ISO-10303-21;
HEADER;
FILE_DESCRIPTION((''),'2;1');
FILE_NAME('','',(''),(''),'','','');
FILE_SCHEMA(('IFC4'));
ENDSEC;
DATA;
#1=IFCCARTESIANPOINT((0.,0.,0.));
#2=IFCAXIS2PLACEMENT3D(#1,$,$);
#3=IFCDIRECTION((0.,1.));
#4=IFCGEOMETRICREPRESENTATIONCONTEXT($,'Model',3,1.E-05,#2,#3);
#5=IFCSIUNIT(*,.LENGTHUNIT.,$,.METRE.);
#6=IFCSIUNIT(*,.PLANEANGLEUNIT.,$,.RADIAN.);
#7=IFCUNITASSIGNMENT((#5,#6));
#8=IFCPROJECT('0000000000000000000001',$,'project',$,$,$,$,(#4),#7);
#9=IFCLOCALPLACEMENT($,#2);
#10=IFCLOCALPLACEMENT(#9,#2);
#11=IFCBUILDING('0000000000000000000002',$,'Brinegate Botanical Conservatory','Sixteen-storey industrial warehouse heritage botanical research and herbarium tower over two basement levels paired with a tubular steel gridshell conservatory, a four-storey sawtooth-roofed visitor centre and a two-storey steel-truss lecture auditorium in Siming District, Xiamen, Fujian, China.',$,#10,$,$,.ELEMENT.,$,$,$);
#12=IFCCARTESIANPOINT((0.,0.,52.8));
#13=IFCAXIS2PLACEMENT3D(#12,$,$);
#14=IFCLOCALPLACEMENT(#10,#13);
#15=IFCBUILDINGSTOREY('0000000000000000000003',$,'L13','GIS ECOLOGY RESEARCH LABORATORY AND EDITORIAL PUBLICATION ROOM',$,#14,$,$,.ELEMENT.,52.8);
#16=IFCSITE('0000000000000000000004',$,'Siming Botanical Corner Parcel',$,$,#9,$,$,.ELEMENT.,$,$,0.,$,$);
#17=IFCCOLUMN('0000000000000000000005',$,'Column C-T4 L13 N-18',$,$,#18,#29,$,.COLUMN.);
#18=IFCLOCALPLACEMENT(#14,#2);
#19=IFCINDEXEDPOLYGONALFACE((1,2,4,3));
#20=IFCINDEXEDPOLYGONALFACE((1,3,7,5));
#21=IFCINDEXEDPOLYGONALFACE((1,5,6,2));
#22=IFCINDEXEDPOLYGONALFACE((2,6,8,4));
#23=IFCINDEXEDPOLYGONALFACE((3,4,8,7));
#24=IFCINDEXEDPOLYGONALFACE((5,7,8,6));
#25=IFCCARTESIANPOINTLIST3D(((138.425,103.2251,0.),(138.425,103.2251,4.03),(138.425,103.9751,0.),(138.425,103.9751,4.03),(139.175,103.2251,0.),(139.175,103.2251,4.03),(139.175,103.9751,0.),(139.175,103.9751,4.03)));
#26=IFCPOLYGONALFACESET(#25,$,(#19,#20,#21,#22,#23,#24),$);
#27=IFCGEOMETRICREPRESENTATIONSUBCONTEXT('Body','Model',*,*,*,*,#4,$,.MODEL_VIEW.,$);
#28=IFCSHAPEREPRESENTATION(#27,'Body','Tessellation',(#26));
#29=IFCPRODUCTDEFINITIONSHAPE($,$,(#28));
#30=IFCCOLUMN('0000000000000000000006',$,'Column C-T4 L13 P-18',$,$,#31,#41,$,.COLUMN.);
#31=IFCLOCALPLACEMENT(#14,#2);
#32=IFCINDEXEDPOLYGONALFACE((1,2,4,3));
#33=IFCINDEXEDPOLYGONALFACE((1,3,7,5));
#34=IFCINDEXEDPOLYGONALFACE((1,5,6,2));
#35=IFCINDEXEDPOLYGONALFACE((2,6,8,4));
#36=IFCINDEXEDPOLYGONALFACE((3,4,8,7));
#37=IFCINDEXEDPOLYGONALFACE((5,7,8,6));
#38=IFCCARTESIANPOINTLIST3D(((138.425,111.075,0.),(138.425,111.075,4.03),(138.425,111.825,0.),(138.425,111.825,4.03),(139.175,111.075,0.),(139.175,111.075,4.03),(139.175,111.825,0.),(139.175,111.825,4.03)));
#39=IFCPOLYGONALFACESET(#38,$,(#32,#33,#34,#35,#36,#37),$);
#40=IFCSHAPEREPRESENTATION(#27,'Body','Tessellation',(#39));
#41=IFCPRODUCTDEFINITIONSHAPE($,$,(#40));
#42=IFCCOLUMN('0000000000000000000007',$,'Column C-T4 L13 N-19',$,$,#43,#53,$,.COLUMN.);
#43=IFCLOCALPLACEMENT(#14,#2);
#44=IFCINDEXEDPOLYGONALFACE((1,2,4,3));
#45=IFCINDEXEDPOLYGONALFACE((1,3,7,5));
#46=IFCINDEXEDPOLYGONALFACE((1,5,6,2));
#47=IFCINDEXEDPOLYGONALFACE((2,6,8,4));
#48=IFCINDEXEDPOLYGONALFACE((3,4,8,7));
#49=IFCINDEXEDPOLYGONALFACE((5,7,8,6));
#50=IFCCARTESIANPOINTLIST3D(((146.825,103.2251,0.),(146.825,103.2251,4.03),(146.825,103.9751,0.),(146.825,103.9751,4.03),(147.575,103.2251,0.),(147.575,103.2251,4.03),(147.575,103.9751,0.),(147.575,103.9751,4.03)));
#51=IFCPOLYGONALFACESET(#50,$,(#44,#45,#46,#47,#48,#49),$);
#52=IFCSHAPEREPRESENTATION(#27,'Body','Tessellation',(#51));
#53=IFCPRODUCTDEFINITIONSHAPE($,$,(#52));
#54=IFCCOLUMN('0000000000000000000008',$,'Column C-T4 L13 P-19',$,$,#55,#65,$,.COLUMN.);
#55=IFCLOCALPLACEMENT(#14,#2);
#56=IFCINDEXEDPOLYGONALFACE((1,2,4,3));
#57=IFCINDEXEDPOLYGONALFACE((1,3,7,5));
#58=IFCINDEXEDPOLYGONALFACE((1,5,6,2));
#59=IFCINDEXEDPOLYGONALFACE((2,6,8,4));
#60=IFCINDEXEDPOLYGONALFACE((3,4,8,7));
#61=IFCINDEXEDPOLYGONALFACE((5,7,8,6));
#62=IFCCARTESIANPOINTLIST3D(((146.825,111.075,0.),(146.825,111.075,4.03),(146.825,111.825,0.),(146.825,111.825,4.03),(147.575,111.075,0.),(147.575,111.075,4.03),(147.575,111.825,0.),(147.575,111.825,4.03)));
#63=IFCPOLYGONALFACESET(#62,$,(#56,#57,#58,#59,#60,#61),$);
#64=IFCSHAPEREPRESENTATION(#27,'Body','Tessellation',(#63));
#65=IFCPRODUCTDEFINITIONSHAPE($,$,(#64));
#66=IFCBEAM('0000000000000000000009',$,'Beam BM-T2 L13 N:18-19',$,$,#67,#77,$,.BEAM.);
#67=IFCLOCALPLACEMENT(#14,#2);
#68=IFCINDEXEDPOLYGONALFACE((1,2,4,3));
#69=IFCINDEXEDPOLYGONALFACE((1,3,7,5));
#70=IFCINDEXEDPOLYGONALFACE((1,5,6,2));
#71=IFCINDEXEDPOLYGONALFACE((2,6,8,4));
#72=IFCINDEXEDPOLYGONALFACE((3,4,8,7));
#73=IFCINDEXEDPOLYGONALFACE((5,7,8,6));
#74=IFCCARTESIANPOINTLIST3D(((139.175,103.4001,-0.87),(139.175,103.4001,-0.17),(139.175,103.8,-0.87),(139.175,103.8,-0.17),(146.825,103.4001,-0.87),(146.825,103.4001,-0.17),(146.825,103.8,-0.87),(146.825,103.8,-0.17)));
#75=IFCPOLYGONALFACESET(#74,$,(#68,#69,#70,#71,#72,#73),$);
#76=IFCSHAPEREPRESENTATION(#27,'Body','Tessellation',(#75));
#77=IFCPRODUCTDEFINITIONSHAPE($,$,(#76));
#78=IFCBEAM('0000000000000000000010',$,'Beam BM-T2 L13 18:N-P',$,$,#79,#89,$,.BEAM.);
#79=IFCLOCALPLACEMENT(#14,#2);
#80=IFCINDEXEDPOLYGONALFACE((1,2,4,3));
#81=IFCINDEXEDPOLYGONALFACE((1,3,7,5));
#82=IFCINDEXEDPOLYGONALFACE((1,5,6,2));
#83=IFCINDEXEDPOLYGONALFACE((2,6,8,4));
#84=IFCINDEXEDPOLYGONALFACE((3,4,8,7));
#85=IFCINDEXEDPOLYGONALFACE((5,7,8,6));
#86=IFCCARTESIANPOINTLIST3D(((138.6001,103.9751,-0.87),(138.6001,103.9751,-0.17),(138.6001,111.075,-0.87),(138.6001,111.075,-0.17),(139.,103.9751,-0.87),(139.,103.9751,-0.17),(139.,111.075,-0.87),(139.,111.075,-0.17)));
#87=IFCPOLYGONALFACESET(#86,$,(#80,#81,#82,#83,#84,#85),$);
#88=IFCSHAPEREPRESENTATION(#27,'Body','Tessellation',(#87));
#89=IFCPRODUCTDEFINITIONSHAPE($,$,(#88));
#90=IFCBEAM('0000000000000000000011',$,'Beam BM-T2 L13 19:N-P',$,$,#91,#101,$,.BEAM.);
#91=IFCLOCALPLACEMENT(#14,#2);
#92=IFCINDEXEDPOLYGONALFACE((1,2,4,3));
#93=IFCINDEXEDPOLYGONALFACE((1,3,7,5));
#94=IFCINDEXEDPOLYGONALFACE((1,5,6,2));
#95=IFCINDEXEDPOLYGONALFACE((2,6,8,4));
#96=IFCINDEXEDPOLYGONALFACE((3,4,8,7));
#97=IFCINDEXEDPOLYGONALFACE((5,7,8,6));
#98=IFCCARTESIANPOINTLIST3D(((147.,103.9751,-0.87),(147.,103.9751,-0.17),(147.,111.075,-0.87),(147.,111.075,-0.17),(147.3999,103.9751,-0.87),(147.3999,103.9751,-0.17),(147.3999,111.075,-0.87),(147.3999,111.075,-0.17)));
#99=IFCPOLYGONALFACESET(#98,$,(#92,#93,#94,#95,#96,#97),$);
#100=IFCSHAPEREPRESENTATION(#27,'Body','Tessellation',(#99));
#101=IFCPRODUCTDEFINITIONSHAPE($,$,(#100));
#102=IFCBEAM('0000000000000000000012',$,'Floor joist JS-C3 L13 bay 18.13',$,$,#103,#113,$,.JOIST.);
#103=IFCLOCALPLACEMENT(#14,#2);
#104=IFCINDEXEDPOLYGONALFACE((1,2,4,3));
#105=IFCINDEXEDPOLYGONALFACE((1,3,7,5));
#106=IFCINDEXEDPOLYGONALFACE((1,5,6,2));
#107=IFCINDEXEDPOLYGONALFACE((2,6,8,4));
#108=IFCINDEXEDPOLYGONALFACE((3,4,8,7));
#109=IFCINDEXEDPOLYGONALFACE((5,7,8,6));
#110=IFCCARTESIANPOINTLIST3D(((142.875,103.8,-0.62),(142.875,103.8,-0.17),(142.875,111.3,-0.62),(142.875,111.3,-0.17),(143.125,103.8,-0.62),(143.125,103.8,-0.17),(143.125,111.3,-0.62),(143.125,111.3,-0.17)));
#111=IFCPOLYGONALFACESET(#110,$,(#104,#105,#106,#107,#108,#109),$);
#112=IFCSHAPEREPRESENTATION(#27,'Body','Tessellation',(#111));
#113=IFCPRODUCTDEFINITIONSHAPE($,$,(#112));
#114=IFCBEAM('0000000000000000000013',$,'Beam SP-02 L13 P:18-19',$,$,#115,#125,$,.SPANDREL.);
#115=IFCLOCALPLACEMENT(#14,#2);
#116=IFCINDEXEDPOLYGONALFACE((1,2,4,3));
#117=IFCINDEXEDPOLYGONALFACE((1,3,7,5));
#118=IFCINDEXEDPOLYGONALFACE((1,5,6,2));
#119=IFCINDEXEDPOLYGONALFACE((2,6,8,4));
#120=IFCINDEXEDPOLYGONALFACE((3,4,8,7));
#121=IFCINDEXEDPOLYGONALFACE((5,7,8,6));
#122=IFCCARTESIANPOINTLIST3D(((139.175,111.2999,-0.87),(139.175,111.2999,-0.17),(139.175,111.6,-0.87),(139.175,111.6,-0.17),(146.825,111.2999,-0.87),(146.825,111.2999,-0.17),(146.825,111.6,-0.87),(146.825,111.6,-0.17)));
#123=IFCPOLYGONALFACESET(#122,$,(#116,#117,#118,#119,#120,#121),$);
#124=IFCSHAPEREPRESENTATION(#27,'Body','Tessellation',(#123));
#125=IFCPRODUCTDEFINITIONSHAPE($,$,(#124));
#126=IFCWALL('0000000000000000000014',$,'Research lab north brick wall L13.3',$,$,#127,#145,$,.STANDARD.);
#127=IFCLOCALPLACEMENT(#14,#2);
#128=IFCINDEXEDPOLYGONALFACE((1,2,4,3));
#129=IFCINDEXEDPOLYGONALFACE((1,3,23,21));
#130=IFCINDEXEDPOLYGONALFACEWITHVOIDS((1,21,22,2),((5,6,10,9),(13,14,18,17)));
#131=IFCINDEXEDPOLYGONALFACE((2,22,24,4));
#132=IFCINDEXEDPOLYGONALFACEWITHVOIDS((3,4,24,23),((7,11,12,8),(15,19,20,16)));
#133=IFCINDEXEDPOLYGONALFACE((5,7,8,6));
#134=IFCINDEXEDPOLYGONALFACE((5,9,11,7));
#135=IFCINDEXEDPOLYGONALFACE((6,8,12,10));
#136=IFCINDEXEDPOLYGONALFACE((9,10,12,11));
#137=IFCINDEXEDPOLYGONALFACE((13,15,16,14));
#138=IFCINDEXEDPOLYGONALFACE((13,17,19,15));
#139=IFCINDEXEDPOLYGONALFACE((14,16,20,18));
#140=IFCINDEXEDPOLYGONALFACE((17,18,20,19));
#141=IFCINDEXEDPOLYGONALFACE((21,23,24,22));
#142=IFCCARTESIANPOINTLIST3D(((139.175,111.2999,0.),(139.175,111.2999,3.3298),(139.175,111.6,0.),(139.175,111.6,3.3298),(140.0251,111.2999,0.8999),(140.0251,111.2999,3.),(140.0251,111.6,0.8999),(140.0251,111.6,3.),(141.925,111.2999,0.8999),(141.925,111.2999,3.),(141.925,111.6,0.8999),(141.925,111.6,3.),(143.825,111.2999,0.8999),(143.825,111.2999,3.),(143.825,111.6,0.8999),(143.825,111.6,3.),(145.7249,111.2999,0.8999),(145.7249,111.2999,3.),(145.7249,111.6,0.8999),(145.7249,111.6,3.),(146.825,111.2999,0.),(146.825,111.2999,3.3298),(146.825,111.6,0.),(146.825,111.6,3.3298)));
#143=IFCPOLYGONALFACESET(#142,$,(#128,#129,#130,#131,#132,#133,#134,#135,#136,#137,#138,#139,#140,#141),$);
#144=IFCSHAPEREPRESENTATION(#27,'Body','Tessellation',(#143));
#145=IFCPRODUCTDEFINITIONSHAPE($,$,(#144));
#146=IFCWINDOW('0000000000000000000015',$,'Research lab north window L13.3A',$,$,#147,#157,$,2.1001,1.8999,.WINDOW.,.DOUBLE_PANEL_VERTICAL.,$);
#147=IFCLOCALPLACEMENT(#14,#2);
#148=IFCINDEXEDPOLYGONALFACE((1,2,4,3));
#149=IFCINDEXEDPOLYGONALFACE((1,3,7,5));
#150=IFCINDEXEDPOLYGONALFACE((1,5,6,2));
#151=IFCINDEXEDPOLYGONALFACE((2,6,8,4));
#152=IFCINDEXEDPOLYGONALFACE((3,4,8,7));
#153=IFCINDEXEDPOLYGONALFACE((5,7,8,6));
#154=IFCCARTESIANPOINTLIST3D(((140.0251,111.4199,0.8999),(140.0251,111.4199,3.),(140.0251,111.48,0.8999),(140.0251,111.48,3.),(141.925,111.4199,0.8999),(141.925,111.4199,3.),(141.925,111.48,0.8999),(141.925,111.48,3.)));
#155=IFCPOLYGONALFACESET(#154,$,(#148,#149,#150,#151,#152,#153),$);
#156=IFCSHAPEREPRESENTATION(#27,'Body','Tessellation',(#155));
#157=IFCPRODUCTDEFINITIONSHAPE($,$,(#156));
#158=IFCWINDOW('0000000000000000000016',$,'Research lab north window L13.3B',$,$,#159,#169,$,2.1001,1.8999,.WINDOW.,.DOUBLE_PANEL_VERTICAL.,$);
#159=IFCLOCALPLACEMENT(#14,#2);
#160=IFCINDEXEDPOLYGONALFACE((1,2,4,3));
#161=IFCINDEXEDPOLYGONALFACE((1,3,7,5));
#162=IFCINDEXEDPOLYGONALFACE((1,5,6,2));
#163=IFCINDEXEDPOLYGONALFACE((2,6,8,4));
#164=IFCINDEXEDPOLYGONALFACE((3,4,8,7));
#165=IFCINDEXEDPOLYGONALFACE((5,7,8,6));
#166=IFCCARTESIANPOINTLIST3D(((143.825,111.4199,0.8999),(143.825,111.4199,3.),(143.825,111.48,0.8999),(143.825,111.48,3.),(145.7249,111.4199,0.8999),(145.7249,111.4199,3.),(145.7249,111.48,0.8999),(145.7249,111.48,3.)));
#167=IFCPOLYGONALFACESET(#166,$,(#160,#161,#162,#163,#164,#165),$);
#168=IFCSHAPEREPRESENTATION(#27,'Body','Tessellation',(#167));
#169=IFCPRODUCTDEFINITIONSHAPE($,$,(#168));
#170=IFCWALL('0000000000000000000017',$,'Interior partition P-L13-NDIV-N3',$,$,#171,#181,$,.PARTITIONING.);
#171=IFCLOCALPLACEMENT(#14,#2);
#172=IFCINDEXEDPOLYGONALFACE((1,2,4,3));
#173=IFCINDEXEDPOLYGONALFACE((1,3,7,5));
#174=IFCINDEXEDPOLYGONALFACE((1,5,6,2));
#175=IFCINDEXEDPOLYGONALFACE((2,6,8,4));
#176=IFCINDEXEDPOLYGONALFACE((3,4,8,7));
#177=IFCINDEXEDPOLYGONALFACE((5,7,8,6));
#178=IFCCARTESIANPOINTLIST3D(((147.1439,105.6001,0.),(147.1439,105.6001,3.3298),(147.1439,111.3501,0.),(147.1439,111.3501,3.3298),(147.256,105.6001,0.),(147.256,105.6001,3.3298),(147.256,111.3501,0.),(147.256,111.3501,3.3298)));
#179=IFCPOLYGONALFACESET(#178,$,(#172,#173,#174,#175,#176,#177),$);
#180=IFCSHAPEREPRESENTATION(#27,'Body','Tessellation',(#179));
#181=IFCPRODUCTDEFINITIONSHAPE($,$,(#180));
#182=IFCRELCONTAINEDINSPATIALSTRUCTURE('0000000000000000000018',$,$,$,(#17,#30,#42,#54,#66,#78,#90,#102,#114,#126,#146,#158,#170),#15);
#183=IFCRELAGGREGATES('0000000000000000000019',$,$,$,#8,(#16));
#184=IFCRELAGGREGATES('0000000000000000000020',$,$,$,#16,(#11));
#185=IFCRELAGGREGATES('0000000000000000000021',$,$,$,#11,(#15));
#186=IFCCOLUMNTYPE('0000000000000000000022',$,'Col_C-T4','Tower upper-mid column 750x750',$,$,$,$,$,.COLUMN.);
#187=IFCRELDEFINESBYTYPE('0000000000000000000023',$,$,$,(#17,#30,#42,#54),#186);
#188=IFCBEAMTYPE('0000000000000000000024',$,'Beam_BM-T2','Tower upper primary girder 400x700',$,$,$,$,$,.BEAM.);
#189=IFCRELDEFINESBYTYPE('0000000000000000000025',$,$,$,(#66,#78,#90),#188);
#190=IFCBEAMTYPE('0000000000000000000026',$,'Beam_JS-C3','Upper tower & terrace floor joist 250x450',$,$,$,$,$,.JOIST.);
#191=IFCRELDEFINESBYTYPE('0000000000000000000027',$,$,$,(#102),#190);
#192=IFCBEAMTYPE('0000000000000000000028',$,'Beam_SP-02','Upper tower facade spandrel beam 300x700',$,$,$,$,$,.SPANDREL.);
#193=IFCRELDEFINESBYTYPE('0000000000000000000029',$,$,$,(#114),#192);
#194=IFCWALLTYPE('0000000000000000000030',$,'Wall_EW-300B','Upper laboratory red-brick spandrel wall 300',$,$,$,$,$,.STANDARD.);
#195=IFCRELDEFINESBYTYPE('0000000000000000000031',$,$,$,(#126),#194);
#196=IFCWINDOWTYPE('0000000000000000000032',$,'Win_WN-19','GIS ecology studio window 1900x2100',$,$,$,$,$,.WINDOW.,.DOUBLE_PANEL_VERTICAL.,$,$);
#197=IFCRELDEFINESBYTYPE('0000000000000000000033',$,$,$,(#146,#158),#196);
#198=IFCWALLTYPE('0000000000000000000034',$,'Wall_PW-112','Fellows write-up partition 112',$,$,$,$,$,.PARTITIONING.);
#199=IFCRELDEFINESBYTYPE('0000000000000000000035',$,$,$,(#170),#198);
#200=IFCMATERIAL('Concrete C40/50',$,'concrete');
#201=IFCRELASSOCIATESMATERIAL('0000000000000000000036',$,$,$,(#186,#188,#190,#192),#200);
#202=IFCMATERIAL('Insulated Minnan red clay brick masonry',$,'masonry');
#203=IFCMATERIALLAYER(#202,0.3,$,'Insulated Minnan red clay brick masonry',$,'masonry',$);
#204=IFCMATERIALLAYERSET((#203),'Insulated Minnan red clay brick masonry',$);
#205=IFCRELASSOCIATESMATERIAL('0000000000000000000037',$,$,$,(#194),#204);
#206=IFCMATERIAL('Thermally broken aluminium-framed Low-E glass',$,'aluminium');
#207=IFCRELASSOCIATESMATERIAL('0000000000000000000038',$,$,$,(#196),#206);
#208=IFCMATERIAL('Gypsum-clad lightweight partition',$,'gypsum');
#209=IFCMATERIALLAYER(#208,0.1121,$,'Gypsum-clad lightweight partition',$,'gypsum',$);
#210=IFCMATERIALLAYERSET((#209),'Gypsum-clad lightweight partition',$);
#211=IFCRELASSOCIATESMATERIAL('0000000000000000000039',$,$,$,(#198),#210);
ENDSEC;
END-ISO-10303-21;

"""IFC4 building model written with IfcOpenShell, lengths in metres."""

from ifc_helpers import new_model, si_unit, direction, frame, frame_2d, origin, origin_2d, place, context, subcontext, project, spatial, rectangle, extrude, material, layer, layer_set, material_profile, profile_set, type_object, element, fill, save


model = new_model("IFC4")

# Units and contexts
model_context = context("Model", 3, precision=1e-05, world=origin(), true_north=direction((0.0, 1.0)))
body_context = subcontext(model_context, "Body", "Model", "MODEL_VIEW")
ifc_project = project(units=[si_unit("LENGTHUNIT", "METRE"), si_unit("PLANEANGLEUNIT", "RADIAN")], contexts=[model_context])

# Site, building, storey
site_placement = place(None, origin())
site = spatial("IfcSite", under=ifc_project, at=site_placement, Name="Siming Botanical Corner Parcel", CompositionType="ELEMENT", RefElevation=0.0)
building_placement = place(site_placement, origin())
building = spatial("IfcBuilding", under=site, at=building_placement, Name="Brinegate Botanical Conservatory", Description="Sixteen-storey industrial warehouse heritage botanical research and herbarium tower over two basement levels paired with a tubular steel gridshell conservatory, a four-storey sawtooth-roofed visitor centre and a two-storey steel-truss lecture auditorium in Siming District, Xiamen, Fujian, China.", CompositionType="ELEMENT")
storey_placement = place(building_placement, frame((0.0, 0.0, 52.8)))
storey = spatial("IfcBuildingStorey", under=building, at=storey_placement, Name="L13", Description="GIS ECOLOGY RESEARCH LABORATORY AND EDITORIAL PUBLICATION ROOM", CompositionType="ELEMENT", Elevation=52.8)

# Columns
ifc_material_1 = material(Name="Concrete C40/50", Category="concrete")
ifc_material_profile_1 = material_profile(ifc_material_1, rectangle(XDim=0.75, YDim=0.75, at=origin_2d()), Name="RC COL 750x750")
ifc_profile_set_1 = profile_set([ifc_material_profile_1], Name="Concrete C40/50")
column_type = type_object("IfcColumnType", Name="Col_C-T4", Description="Tower upper-mid column 750x750", PredefinedType="COLUMN", material=ifc_profile_set_1)
for number, where, z_axis, x_axis, name in (
    (1, (138.8, 103.6001, 0.0), (0.0, 0.0, 1.0), (1.0, 0.0, 0.0), "Column C-T4 L13 N-18"),
    (2, (138.8, 111.45, 0.0), (0.0, 0.0, 1.0), (1.0, 0.0, 0.0), "Column C-T4 L13 P-18"),
    (3, (147.2, 103.6001, 0.0), (0.0, 0.0, 1.0), (1.0, 0.0, 0.0), "Column C-T4 L13 N-19"),
    (4, (147.2, 111.45, 0.0), (0.0, 0.0, 1.0), (1.0, 0.0, 0.0), "Column C-T4 L13 P-19"),
):
    element("IfcColumn", number, at=place(storey_placement, frame(where, z_axis=z_axis, x_axis=x_axis)), inside=storey, type_object=column_type, Name=name, PredefinedType="COLUMN", context=body_context, shape_type="SweptSolid", body=[
        extrude(rectangle(XDim=0.75, YDim=0.75, at=origin_2d()), origin(), (0.0, 0.0, 1.0), 4.03),
    ])

# Beams
ifc_material_profile_2 = material_profile(ifc_material_1, rectangle(XDim=0.3999, YDim=0.7, at=origin_2d()), Name="RC BM 400x700")
ifc_profile_set_2 = profile_set([ifc_material_profile_2], Name="Concrete C40/50")
beam_type_1 = type_object("IfcBeamType", Name="Beam_BM-T2", Description="Tower upper primary girder 400x700", PredefinedType="BEAM", material=ifc_profile_set_2)
beam_1_placement = place(storey_placement, frame((139.175, 103.6001, -0.52), z_axis=(1.0, 0.0, 0.0), x_axis=(0.0, 1.0, 0.0)))
element("IfcBeam", 5, at=beam_1_placement, inside=storey, type_object=beam_type_1, Name="Beam BM-T2 L13 N:18-19", PredefinedType="BEAM", context=body_context, shape_type="SweptSolid", body=[
    extrude(rectangle(XDim=0.3999, YDim=0.7, at=origin_2d()), origin(), (0.0, 0.0, 1.0), 7.6499),
])
for number, where, z_axis, x_axis, name in (
    (6, (138.8, 103.9751, -0.52), (0.0, 1.0, 0.0), (-1.0, 0.0, 0.0), "Beam BM-T2 L13 18:N-P"),
    (7, (147.2, 103.9751, -0.52), (0.0, 1.0, 0.0), (-1.0, 0.0, 0.0), "Beam BM-T2 L13 19:N-P"),
):
    element("IfcBeam", number, at=place(storey_placement, frame(where, z_axis=z_axis, x_axis=x_axis)), inside=storey, type_object=beam_type_1, Name=name, PredefinedType="BEAM", context=body_context, shape_type="SweptSolid", body=[
        extrude(rectangle(XDim=0.3999, YDim=0.7, at=origin_2d()), origin(), (0.0, 0.0, 1.0), 7.0999),
    ])
ifc_material_profile_3 = material_profile(ifc_material_1, rectangle(XDim=0.25, YDim=0.45, at=origin_2d()), Name="RC JST 250x450")
ifc_profile_set_3 = profile_set([ifc_material_profile_3], Name="Concrete C40/50")
beam_type_2 = type_object("IfcBeamType", Name="Beam_JS-C3", Description="Upper tower & terrace floor joist 250x450", PredefinedType="JOIST", material=ifc_profile_set_3)
beam_2_placement = place(storey_placement, frame((143.0, 103.8, -0.395), z_axis=(0.0, 1.0, 0.0), x_axis=(-1.0, 0.0, 0.0)))
element("IfcBeam", 8, at=beam_2_placement, inside=storey, type_object=beam_type_2, Name="Floor joist JS-C3 L13 bay 18.13", PredefinedType="JOIST", context=body_context, shape_type="SweptSolid", body=[
    extrude(rectangle(XDim=0.25, YDim=0.45, at=origin_2d()), origin(), (0.0, 0.0, 1.0), 7.5),
])
ifc_material_profile_4 = material_profile(ifc_material_1, rectangle(XDim=0.3, YDim=0.7, at=origin_2d()), Name="RC SPN 300x700")
ifc_profile_set_4 = profile_set([ifc_material_profile_4], Name="Concrete C40/50")
beam_type_3 = type_object("IfcBeamType", Name="Beam_SP-02", Description="Upper tower facade spandrel beam 300x700", PredefinedType="SPANDREL", material=ifc_profile_set_4)
beam_3_placement = place(storey_placement, frame((139.175, 111.45, -0.52), z_axis=(1.0, 0.0, 0.0), x_axis=(0.0, 1.0, 0.0)))
element("IfcBeam", 9, at=beam_3_placement, inside=storey, type_object=beam_type_3, Name="Beam SP-02 L13 P:18-19", PredefinedType="SPANDREL", context=body_context, shape_type="SweptSolid", body=[
    extrude(rectangle(XDim=0.3, YDim=0.7, at=origin_2d()), origin(), (0.0, 0.0, 1.0), 7.6499),
])

# Wall, openings, windows
ifc_material_2 = material(Name="Insulated Minnan red clay brick masonry", Category="masonry")
ifc_layer_1 = layer(ifc_material_2, 0.3, Name="Insulated Minnan red clay brick masonry", Category="masonry")
ifc_layer_set_1 = layer_set([ifc_layer_1], Name="Insulated Minnan red clay brick masonry")
wall_type_1 = type_object("IfcWallType", Name="Wall_EW-300B", Description="Upper laboratory red-brick spandrel wall 300", PredefinedType="STANDARD", material=ifc_layer_set_1)
wall_1_placement = place(storey_placement, frame((139.175, 111.45, 0.0), z_axis=(0.0, 0.0, 1.0), x_axis=(1.0, 0.0, 0.0)))
wall_1 = element("IfcWall", 10, at=wall_1_placement, inside=storey, type_object=wall_type_1, Name="Research lab north brick wall L13.3", PredefinedType="STANDARD", context=body_context, shape_type="SweptSolid", body=[
    extrude(rectangle(XDim=7.6499, YDim=0.3, at=frame_2d((3.825, 0.0))), origin(), (0.0, 0.0, 1.0), 3.3298),
])
opening_1_placement = place(wall_1_placement, frame((0.8501, 0.0, 0.8999)))
opening_1 = element("IfcOpeningElement", 11, at=opening_1_placement, cuts=wall_1, PredefinedType="OPENING", context=body_context, shape_type="SweptSolid", body=[
    extrude(rectangle(XDim=1.8999, YDim=2.1001, at=frame_2d((0.95, 1.05))), frame((0.0, 0.1599, 0.0), z_axis=(0.0, -1.0, 0.0), x_axis=(1.0, 0.0, 0.0)), (0.0, 0.0, 1.0), 0.3201),
])
opening_2_placement = place(wall_1_placement, frame((4.6499, 0.0, 0.8999)))
opening_2 = element("IfcOpeningElement", 12, at=opening_2_placement, cuts=wall_1, PredefinedType="OPENING", context=body_context, shape_type="SweptSolid", body=[
    extrude(rectangle(XDim=1.8999, YDim=2.1001, at=frame_2d((0.95, 1.05))), frame((0.0, 0.1599, 0.0), z_axis=(0.0, -1.0, 0.0), x_axis=(1.0, 0.0, 0.0)), (0.0, 0.0, 1.0), 0.3201),
])
ifc_material_3 = material(Name="Thermally broken aluminium-framed Low-E glass", Category="aluminium")
window_type = type_object("IfcWindowType", Name="Win_WN-19", Description="GIS ecology studio window 1900x2100", PartitioningType="DOUBLE_PANEL_VERTICAL", PredefinedType="WINDOW", material=ifc_material_3)
window_1_placement = place(opening_1_placement, origin())
window_1 = element("IfcWindow", 13, at=window_1_placement, inside=storey, type_object=window_type, Name="Research lab north window L13.3A", OverallHeight=2.1001, OverallWidth=1.8999, PartitioningType="DOUBLE_PANEL_VERTICAL", PredefinedType="WINDOW", context=body_context, shape_type="SweptSolid", body=[
    extrude(rectangle(XDim=1.8999, YDim=2.1001, at=frame_2d((0.95, 1.05))), frame((0.0, 0.03, 0.0), z_axis=(0.0, -1.0, 0.0), x_axis=(1.0, 0.0, 0.0)), (0.0, 0.0, 1.0), 0.0601),
])
fill(opening_1, window_1)
window_2_placement = place(opening_2_placement, origin())
window_2 = element("IfcWindow", 14, at=window_2_placement, inside=storey, type_object=window_type, Name="Research lab north window L13.3B", OverallHeight=2.1001, OverallWidth=1.8999, PartitioningType="DOUBLE_PANEL_VERTICAL", PredefinedType="WINDOW", context=body_context, shape_type="SweptSolid", body=[
    extrude(rectangle(XDim=1.8999, YDim=2.1001, at=frame_2d((0.95, 1.05))), frame((0.0, 0.03, 0.0), z_axis=(0.0, -1.0, 0.0), x_axis=(1.0, 0.0, 0.0)), (0.0, 0.0, 1.0), 0.0601),
])
fill(opening_2, window_2)

# Wall
ifc_material_4 = material(Name="Gypsum-clad lightweight partition", Category="gypsum")
ifc_layer_2 = layer(ifc_material_4, 0.1121, Name="Gypsum-clad lightweight partition", Category="gypsum")
ifc_layer_set_2 = layer_set([ifc_layer_2], Name="Gypsum-clad lightweight partition")
wall_type_2 = type_object("IfcWallType", Name="Wall_PW-112", Description="Fellows write-up partition 112", PredefinedType="PARTITIONING", material=ifc_layer_set_2)
wall_2_placement = place(storey_placement, frame((147.2, 105.6001, 0.0), z_axis=(0.0, 0.0, 1.0), x_axis=(0.0, 1.0, 0.0)))
element("IfcWall", 15, at=wall_2_placement, inside=storey, type_object=wall_type_2, Name="Interior partition P-L13-NDIV-N3", PredefinedType="PARTITIONING", context=body_context, shape_type="SweptSolid", body=[
    extrude(rectangle(XDim=5.75, YDim=0.1121, at=frame_2d((2.875, 0.0))), origin(), (0.0, 0.0, 1.0), 3.3298),
])

save(model, "model.ifc")
